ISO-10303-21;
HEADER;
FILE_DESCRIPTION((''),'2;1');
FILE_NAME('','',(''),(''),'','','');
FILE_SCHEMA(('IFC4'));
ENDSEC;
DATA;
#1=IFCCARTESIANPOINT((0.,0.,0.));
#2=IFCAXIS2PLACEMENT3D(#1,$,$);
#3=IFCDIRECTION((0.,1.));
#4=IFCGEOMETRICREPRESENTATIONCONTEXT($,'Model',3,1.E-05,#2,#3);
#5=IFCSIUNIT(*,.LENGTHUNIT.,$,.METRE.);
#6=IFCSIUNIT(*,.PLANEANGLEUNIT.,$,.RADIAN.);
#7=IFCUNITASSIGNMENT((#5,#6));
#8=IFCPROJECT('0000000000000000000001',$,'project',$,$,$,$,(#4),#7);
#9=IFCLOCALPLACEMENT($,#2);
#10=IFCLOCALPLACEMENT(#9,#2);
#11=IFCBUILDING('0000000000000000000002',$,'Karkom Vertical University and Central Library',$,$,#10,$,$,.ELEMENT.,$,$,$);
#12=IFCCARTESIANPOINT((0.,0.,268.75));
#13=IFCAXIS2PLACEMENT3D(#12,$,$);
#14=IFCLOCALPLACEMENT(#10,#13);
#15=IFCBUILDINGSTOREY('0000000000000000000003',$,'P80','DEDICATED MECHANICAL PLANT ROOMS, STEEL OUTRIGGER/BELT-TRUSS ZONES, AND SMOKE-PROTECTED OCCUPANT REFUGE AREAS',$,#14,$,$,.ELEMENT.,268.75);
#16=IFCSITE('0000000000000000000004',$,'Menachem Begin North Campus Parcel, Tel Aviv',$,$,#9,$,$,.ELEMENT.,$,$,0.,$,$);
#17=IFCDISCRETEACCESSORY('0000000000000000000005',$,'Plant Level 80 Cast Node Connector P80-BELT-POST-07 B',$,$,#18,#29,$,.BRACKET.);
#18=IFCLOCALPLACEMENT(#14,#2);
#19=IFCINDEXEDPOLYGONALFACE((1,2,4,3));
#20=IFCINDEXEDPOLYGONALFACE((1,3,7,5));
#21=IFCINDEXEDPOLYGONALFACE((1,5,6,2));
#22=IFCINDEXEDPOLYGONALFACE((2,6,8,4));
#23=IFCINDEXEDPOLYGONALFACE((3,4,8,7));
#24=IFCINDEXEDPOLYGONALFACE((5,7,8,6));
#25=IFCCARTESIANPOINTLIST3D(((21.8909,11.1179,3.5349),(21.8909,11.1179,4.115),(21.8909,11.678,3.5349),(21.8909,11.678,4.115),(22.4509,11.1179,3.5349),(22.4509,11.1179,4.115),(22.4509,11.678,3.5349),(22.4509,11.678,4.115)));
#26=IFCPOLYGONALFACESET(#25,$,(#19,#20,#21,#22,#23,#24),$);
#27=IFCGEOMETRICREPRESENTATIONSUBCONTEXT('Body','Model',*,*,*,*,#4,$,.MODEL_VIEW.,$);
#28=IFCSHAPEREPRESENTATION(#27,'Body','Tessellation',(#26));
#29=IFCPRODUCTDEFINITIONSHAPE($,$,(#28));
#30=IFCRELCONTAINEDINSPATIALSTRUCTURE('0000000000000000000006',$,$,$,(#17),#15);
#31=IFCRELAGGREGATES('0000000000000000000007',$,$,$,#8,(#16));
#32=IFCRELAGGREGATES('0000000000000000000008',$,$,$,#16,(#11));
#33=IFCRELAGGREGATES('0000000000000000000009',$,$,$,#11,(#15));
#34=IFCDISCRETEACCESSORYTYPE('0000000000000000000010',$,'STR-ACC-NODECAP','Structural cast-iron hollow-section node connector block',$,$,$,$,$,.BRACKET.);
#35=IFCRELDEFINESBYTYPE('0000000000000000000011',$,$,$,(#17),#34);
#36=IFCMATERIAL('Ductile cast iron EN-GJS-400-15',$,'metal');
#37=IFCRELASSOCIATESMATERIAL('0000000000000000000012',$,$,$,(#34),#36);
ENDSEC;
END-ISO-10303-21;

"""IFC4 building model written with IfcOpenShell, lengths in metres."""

from ifc_helpers import new_model, si_unit, direction, frame, origin, origin_with_axes, origin_2d, place, context, subcontext, project, spatial, rectangle, extrude, source, transform, mapped, material, type_object, element, save


model = new_model("IFC4")

# Units and contexts
model_context = context("Model", 3, precision=1e-05, world=origin(), true_north=direction((0.0, 1.0)))
body_context = subcontext(model_context, "Body", "Model", "MODEL_VIEW")
ifc_project = project(units=[si_unit("LENGTHUNIT", "METRE"), si_unit("PLANEANGLEUNIT", "RADIAN")], contexts=[model_context])

# Site, building, storey
site_placement = place(None, origin())
site = spatial("IfcSite", under=ifc_project, at=site_placement, Name="Menachem Begin North Campus Parcel, Tel Aviv", CompositionType="ELEMENT", RefElevation=0.0)
building_placement = place(site_placement, origin())
building = spatial("IfcBuilding", under=site, at=building_placement, Name="Karkom Vertical University and Central Library", CompositionType="ELEMENT")
storey_placement = place(building_placement, frame((0.0, 0.0, 268.75)))
storey = spatial("IfcBuildingStorey", under=building, at=storey_placement, Name="P80", Description="DEDICATED MECHANICAL PLANT ROOMS, STEEL OUTRIGGER/BELT-TRUSS ZONES, AND SMOKE-PROTECTED OCCUPANT REFUGE AREAS", CompositionType="ELEMENT", Elevation=268.75)

# Discrete accessory
ifc_material_1 = material(Name="Ductile cast iron EN-GJS-400-15", Category="metal")
discrete_accessory_type = type_object("IfcDiscreteAccessoryType", Name="STR-ACC-NODECAP", Description="Structural cast-iron hollow-section node connector block", PredefinedType="BRACKET", material=ifc_material_1)
shared_shape_1 = source(origin_with_axes(), body_context, "Body", "SweptSolid", [
    extrude(rectangle(XDim=0.5601, YDim=0.5601, at=origin_2d()), origin(), (0.0, 0.0, 1.0), 0.5801),
])
for number, where, z_axis, x_axis, name in (
    (1, (22.1709, 11.3979, 3.5349), (0.0, 0.0, 1.0), (1.0, 0.0, 0.0), "Plant Level 80 Cast Node Connector P80-BELT-POST-07 B"),
):
    element("IfcDiscreteAccessory", number, at=place(storey_placement, frame(where, z_axis=z_axis, x_axis=x_axis)), inside=storey, type_object=discrete_accessory_type, Name=name, PredefinedType="BRACKET", context=body_context, shape_type="MappedRepresentation", body=[
        mapped(shared_shape_1, transform((0.0, 0.0, 0.0), scale=1.0)),
    ])

save(model, "model.ifc")
